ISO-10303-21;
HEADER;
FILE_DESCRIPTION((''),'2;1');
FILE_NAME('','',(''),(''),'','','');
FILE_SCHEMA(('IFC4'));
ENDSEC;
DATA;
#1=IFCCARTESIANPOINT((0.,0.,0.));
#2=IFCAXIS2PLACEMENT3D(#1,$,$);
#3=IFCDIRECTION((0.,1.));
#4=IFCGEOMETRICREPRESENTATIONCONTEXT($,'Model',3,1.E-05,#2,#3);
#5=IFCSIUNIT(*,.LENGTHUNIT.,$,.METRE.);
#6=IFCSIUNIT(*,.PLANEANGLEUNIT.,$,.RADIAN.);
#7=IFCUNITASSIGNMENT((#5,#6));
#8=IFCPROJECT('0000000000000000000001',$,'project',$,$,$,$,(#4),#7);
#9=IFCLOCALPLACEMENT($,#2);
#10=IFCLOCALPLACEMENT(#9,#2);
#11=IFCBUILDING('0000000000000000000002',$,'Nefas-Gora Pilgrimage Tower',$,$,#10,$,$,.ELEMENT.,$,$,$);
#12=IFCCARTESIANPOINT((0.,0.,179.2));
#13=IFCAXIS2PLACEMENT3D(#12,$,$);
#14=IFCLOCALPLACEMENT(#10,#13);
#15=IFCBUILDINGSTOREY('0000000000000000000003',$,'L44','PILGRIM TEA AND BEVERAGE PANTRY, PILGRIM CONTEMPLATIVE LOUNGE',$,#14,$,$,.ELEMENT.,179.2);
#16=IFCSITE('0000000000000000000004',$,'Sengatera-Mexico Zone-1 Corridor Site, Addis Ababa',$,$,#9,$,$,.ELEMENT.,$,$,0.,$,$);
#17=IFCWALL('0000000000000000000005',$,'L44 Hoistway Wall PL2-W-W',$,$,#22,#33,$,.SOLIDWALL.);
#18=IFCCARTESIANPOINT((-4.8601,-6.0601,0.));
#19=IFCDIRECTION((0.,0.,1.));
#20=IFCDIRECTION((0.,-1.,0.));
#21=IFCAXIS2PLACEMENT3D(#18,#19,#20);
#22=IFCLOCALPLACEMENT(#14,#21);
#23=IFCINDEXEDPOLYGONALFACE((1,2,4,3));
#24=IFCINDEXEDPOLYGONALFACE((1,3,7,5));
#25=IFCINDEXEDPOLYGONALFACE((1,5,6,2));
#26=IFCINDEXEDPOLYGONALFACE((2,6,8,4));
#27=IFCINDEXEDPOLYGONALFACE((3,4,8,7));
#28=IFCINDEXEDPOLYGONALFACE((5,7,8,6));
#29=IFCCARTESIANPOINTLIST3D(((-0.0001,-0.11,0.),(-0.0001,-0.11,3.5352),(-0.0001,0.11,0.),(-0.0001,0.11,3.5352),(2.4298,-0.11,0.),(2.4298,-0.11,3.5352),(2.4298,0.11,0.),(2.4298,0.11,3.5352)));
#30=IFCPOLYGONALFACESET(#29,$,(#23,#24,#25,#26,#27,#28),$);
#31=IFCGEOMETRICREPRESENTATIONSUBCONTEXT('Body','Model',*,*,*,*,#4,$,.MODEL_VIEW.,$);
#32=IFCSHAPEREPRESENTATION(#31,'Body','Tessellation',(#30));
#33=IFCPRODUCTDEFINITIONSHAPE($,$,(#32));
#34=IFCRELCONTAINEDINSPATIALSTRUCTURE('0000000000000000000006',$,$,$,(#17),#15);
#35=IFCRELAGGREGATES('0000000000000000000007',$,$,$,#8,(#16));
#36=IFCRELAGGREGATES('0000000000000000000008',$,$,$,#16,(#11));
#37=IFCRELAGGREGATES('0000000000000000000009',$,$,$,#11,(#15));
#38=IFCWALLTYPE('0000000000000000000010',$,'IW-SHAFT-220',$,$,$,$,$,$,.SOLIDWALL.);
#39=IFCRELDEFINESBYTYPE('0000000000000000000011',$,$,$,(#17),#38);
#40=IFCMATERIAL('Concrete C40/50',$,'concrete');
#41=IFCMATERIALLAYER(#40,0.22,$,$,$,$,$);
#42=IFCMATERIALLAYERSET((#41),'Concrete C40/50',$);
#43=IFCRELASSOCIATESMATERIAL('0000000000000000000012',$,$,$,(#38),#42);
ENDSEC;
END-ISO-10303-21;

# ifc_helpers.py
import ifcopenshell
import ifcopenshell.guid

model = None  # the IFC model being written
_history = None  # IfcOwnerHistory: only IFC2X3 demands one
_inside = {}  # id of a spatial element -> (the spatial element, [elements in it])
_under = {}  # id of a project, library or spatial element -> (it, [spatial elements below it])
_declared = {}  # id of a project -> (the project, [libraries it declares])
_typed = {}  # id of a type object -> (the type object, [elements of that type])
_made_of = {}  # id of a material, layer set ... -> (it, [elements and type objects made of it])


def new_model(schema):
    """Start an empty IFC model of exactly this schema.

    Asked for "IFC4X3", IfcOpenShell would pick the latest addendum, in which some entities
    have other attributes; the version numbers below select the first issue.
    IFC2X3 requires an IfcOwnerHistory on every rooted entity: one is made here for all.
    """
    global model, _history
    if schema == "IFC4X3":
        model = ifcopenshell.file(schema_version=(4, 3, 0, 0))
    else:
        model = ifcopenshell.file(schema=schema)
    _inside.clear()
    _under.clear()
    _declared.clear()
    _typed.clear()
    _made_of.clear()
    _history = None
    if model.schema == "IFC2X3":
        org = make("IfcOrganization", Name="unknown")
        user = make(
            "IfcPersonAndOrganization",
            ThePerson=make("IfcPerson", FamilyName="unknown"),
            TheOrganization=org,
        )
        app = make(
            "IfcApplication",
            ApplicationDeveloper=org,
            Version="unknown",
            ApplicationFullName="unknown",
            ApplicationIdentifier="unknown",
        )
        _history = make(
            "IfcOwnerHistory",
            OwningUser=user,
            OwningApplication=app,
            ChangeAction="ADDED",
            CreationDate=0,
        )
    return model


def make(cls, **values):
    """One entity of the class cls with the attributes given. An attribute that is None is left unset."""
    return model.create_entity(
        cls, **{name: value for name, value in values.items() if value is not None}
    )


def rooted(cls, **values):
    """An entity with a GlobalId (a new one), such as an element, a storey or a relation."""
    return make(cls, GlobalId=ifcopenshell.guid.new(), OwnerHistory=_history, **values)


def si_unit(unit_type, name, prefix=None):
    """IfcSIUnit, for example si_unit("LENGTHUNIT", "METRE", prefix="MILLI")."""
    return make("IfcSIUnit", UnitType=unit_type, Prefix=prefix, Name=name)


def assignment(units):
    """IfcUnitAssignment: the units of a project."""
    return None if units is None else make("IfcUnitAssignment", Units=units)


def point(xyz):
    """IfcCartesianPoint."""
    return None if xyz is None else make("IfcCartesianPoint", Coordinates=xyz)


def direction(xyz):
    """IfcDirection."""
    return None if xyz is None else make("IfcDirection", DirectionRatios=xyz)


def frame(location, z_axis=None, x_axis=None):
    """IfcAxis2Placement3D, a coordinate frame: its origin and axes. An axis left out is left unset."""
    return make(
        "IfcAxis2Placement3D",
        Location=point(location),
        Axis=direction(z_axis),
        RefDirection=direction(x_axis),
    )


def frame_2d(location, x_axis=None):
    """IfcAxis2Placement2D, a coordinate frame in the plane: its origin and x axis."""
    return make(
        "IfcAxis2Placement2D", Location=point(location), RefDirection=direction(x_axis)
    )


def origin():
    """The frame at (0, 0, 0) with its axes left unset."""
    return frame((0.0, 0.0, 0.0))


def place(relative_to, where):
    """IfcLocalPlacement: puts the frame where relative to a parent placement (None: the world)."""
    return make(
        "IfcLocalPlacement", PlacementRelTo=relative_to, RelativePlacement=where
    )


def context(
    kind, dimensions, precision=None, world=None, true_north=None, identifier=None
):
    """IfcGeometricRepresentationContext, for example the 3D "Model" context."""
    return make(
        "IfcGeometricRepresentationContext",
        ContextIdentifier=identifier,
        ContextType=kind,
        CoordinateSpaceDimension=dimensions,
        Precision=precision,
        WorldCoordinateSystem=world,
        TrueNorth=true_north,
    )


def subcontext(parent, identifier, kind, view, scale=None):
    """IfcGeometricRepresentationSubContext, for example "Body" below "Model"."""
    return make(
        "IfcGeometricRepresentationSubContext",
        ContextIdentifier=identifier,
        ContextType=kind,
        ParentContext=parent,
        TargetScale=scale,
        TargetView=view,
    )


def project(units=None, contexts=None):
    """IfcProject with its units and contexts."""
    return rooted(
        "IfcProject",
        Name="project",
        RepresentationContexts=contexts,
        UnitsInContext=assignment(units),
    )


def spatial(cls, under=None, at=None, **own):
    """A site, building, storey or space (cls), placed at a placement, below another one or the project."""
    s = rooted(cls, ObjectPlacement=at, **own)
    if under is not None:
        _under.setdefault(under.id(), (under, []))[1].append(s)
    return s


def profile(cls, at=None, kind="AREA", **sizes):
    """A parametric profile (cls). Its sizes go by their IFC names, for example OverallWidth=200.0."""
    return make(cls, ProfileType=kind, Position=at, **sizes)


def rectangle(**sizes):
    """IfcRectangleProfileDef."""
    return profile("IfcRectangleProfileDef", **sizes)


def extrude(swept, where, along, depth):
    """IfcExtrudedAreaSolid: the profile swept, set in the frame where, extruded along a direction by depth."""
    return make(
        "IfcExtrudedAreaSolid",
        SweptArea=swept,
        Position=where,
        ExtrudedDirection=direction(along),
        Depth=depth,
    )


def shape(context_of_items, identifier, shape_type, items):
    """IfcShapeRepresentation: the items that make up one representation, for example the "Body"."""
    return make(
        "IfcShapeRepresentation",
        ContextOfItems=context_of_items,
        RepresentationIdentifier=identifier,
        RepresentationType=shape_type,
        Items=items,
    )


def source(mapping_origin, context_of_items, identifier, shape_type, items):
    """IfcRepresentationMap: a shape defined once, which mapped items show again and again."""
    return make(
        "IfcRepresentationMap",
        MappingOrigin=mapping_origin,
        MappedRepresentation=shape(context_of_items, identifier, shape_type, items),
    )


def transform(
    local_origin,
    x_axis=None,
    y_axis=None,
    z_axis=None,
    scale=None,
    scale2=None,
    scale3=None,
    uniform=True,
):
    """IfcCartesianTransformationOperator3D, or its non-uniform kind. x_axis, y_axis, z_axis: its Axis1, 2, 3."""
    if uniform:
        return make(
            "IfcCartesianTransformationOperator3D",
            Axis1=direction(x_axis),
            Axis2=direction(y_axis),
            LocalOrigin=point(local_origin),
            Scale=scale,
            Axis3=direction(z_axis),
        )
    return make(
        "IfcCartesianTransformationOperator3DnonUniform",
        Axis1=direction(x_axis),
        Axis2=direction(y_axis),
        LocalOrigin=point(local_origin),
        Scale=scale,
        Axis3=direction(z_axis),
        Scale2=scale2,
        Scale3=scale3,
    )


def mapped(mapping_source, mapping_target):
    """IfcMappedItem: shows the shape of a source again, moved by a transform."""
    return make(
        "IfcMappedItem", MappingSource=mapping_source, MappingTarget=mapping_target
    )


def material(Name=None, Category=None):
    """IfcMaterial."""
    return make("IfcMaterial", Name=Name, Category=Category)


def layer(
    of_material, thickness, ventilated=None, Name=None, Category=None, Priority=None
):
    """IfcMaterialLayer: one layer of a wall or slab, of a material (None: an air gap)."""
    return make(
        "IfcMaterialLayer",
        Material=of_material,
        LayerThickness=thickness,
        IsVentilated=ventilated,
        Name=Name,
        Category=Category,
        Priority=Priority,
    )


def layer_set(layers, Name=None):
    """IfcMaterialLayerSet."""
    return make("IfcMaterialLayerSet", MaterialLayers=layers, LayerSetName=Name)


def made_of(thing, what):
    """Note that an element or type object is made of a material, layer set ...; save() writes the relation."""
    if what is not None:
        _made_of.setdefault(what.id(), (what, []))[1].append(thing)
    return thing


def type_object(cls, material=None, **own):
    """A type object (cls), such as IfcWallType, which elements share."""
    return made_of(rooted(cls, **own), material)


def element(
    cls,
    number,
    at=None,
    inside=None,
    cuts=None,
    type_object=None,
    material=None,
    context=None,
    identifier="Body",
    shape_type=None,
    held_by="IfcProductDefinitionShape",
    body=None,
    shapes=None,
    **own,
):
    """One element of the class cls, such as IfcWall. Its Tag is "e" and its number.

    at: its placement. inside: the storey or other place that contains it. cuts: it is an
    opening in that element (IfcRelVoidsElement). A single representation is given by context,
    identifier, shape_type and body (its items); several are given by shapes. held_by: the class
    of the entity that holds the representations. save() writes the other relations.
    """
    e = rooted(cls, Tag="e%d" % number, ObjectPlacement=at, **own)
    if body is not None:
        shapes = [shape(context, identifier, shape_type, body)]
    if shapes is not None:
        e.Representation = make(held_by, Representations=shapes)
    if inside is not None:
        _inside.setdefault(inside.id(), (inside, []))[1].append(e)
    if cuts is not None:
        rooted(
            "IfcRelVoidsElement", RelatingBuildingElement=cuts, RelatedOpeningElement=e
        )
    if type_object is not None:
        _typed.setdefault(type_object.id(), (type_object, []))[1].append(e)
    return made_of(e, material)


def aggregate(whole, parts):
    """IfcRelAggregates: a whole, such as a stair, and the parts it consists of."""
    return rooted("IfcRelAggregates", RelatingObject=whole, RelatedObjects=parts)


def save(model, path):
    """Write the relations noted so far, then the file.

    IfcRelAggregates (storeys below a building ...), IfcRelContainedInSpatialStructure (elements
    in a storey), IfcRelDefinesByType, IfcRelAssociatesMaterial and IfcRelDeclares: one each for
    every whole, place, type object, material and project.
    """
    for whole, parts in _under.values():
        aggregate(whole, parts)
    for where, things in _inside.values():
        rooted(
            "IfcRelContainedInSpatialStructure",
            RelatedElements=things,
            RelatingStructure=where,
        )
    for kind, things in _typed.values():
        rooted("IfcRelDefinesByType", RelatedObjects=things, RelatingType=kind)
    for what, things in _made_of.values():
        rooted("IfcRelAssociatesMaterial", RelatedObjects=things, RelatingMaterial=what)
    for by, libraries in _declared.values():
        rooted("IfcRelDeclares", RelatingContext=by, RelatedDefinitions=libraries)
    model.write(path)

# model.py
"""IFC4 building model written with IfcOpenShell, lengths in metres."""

from ifc_helpers import new_model, si_unit, direction, frame, frame_2d, origin, place, context, subcontext, project, spatial, rectangle, extrude, source, transform, mapped, material, layer, layer_set, type_object, element, save


model = new_model("IFC4")

# Units and contexts
model_context = context("Model", 3, precision=1e-05, world=origin(), true_north=direction((0.0, 1.0)))
body_context = subcontext(model_context, "Body", "Model", "MODEL_VIEW")
ifc_project = project(units=[si_unit("LENGTHUNIT", "METRE"), si_unit("PLANEANGLEUNIT", "RADIAN")], contexts=[model_context])

# Site, building, storey
site_placement = place(None, origin())
site = spatial("IfcSite", under=ifc_project, at=site_placement, Name="Sengatera-Mexico Zone-1 Corridor Site, Addis Ababa", CompositionType="ELEMENT", RefElevation=0.0)
building_placement = place(site_placement, origin())
building = spatial("IfcBuilding", under=site, at=building_placement, Name="Nefas-Gora Pilgrimage Tower", CompositionType="ELEMENT")
storey_placement = place(building_placement, frame((0.0, 0.0, 179.2)))
storey = spatial("IfcBuildingStorey", under=building, at=storey_placement, Name="L44", Description="PILGRIM TEA AND BEVERAGE PANTRY, PILGRIM CONTEMPLATIVE LOUNGE", CompositionType="ELEMENT", Elevation=179.2)

# Shared definitions
ifc_material_1 = material(Name="Concrete C40/50", Category="concrete")
ifc_layer_1 = layer(ifc_material_1, 0.22)
ifc_layer_set_1 = layer_set([ifc_layer_1], Name="Concrete C40/50")
wall_type_1 = type_object("IfcWallType", Name="IW-SHAFT-220", PredefinedType="SOLIDWALL", material=ifc_layer_set_1)

# Wall
shared_shape_1 = source(origin(), body_context, "Body", "SweptSolid", [
    extrude(rectangle(XDim=2.4299, YDim=0.22, at=frame_2d((1.2148, 0.0))), origin(), (0.0, 0.0, 1.0), 3.5352),
])
wall_1_placement = place(storey_placement, frame((-4.8601, -6.0601, 0.0), z_axis=(0.0, 0.0, 1.0), x_axis=(0.0, -1.0, 0.0)))
element("IfcWall", 1, at=wall_1_placement, inside=storey, type_object=wall_type_1, Name="L44 Hoistway Wall PL2-W-W", PredefinedType="SOLIDWALL", context=body_context, shape_type="MappedRepresentation", body=[
    mapped(shared_shape_1, transform((0.0, 0.0, 0.0), x_axis=(1.0, 0.0, 0.0), y_axis=(0.0, 1.0, 0.0), z_axis=(0.0, 0.0, 1.0), scale=1.0)),
])

save(model, "model.ifc")
